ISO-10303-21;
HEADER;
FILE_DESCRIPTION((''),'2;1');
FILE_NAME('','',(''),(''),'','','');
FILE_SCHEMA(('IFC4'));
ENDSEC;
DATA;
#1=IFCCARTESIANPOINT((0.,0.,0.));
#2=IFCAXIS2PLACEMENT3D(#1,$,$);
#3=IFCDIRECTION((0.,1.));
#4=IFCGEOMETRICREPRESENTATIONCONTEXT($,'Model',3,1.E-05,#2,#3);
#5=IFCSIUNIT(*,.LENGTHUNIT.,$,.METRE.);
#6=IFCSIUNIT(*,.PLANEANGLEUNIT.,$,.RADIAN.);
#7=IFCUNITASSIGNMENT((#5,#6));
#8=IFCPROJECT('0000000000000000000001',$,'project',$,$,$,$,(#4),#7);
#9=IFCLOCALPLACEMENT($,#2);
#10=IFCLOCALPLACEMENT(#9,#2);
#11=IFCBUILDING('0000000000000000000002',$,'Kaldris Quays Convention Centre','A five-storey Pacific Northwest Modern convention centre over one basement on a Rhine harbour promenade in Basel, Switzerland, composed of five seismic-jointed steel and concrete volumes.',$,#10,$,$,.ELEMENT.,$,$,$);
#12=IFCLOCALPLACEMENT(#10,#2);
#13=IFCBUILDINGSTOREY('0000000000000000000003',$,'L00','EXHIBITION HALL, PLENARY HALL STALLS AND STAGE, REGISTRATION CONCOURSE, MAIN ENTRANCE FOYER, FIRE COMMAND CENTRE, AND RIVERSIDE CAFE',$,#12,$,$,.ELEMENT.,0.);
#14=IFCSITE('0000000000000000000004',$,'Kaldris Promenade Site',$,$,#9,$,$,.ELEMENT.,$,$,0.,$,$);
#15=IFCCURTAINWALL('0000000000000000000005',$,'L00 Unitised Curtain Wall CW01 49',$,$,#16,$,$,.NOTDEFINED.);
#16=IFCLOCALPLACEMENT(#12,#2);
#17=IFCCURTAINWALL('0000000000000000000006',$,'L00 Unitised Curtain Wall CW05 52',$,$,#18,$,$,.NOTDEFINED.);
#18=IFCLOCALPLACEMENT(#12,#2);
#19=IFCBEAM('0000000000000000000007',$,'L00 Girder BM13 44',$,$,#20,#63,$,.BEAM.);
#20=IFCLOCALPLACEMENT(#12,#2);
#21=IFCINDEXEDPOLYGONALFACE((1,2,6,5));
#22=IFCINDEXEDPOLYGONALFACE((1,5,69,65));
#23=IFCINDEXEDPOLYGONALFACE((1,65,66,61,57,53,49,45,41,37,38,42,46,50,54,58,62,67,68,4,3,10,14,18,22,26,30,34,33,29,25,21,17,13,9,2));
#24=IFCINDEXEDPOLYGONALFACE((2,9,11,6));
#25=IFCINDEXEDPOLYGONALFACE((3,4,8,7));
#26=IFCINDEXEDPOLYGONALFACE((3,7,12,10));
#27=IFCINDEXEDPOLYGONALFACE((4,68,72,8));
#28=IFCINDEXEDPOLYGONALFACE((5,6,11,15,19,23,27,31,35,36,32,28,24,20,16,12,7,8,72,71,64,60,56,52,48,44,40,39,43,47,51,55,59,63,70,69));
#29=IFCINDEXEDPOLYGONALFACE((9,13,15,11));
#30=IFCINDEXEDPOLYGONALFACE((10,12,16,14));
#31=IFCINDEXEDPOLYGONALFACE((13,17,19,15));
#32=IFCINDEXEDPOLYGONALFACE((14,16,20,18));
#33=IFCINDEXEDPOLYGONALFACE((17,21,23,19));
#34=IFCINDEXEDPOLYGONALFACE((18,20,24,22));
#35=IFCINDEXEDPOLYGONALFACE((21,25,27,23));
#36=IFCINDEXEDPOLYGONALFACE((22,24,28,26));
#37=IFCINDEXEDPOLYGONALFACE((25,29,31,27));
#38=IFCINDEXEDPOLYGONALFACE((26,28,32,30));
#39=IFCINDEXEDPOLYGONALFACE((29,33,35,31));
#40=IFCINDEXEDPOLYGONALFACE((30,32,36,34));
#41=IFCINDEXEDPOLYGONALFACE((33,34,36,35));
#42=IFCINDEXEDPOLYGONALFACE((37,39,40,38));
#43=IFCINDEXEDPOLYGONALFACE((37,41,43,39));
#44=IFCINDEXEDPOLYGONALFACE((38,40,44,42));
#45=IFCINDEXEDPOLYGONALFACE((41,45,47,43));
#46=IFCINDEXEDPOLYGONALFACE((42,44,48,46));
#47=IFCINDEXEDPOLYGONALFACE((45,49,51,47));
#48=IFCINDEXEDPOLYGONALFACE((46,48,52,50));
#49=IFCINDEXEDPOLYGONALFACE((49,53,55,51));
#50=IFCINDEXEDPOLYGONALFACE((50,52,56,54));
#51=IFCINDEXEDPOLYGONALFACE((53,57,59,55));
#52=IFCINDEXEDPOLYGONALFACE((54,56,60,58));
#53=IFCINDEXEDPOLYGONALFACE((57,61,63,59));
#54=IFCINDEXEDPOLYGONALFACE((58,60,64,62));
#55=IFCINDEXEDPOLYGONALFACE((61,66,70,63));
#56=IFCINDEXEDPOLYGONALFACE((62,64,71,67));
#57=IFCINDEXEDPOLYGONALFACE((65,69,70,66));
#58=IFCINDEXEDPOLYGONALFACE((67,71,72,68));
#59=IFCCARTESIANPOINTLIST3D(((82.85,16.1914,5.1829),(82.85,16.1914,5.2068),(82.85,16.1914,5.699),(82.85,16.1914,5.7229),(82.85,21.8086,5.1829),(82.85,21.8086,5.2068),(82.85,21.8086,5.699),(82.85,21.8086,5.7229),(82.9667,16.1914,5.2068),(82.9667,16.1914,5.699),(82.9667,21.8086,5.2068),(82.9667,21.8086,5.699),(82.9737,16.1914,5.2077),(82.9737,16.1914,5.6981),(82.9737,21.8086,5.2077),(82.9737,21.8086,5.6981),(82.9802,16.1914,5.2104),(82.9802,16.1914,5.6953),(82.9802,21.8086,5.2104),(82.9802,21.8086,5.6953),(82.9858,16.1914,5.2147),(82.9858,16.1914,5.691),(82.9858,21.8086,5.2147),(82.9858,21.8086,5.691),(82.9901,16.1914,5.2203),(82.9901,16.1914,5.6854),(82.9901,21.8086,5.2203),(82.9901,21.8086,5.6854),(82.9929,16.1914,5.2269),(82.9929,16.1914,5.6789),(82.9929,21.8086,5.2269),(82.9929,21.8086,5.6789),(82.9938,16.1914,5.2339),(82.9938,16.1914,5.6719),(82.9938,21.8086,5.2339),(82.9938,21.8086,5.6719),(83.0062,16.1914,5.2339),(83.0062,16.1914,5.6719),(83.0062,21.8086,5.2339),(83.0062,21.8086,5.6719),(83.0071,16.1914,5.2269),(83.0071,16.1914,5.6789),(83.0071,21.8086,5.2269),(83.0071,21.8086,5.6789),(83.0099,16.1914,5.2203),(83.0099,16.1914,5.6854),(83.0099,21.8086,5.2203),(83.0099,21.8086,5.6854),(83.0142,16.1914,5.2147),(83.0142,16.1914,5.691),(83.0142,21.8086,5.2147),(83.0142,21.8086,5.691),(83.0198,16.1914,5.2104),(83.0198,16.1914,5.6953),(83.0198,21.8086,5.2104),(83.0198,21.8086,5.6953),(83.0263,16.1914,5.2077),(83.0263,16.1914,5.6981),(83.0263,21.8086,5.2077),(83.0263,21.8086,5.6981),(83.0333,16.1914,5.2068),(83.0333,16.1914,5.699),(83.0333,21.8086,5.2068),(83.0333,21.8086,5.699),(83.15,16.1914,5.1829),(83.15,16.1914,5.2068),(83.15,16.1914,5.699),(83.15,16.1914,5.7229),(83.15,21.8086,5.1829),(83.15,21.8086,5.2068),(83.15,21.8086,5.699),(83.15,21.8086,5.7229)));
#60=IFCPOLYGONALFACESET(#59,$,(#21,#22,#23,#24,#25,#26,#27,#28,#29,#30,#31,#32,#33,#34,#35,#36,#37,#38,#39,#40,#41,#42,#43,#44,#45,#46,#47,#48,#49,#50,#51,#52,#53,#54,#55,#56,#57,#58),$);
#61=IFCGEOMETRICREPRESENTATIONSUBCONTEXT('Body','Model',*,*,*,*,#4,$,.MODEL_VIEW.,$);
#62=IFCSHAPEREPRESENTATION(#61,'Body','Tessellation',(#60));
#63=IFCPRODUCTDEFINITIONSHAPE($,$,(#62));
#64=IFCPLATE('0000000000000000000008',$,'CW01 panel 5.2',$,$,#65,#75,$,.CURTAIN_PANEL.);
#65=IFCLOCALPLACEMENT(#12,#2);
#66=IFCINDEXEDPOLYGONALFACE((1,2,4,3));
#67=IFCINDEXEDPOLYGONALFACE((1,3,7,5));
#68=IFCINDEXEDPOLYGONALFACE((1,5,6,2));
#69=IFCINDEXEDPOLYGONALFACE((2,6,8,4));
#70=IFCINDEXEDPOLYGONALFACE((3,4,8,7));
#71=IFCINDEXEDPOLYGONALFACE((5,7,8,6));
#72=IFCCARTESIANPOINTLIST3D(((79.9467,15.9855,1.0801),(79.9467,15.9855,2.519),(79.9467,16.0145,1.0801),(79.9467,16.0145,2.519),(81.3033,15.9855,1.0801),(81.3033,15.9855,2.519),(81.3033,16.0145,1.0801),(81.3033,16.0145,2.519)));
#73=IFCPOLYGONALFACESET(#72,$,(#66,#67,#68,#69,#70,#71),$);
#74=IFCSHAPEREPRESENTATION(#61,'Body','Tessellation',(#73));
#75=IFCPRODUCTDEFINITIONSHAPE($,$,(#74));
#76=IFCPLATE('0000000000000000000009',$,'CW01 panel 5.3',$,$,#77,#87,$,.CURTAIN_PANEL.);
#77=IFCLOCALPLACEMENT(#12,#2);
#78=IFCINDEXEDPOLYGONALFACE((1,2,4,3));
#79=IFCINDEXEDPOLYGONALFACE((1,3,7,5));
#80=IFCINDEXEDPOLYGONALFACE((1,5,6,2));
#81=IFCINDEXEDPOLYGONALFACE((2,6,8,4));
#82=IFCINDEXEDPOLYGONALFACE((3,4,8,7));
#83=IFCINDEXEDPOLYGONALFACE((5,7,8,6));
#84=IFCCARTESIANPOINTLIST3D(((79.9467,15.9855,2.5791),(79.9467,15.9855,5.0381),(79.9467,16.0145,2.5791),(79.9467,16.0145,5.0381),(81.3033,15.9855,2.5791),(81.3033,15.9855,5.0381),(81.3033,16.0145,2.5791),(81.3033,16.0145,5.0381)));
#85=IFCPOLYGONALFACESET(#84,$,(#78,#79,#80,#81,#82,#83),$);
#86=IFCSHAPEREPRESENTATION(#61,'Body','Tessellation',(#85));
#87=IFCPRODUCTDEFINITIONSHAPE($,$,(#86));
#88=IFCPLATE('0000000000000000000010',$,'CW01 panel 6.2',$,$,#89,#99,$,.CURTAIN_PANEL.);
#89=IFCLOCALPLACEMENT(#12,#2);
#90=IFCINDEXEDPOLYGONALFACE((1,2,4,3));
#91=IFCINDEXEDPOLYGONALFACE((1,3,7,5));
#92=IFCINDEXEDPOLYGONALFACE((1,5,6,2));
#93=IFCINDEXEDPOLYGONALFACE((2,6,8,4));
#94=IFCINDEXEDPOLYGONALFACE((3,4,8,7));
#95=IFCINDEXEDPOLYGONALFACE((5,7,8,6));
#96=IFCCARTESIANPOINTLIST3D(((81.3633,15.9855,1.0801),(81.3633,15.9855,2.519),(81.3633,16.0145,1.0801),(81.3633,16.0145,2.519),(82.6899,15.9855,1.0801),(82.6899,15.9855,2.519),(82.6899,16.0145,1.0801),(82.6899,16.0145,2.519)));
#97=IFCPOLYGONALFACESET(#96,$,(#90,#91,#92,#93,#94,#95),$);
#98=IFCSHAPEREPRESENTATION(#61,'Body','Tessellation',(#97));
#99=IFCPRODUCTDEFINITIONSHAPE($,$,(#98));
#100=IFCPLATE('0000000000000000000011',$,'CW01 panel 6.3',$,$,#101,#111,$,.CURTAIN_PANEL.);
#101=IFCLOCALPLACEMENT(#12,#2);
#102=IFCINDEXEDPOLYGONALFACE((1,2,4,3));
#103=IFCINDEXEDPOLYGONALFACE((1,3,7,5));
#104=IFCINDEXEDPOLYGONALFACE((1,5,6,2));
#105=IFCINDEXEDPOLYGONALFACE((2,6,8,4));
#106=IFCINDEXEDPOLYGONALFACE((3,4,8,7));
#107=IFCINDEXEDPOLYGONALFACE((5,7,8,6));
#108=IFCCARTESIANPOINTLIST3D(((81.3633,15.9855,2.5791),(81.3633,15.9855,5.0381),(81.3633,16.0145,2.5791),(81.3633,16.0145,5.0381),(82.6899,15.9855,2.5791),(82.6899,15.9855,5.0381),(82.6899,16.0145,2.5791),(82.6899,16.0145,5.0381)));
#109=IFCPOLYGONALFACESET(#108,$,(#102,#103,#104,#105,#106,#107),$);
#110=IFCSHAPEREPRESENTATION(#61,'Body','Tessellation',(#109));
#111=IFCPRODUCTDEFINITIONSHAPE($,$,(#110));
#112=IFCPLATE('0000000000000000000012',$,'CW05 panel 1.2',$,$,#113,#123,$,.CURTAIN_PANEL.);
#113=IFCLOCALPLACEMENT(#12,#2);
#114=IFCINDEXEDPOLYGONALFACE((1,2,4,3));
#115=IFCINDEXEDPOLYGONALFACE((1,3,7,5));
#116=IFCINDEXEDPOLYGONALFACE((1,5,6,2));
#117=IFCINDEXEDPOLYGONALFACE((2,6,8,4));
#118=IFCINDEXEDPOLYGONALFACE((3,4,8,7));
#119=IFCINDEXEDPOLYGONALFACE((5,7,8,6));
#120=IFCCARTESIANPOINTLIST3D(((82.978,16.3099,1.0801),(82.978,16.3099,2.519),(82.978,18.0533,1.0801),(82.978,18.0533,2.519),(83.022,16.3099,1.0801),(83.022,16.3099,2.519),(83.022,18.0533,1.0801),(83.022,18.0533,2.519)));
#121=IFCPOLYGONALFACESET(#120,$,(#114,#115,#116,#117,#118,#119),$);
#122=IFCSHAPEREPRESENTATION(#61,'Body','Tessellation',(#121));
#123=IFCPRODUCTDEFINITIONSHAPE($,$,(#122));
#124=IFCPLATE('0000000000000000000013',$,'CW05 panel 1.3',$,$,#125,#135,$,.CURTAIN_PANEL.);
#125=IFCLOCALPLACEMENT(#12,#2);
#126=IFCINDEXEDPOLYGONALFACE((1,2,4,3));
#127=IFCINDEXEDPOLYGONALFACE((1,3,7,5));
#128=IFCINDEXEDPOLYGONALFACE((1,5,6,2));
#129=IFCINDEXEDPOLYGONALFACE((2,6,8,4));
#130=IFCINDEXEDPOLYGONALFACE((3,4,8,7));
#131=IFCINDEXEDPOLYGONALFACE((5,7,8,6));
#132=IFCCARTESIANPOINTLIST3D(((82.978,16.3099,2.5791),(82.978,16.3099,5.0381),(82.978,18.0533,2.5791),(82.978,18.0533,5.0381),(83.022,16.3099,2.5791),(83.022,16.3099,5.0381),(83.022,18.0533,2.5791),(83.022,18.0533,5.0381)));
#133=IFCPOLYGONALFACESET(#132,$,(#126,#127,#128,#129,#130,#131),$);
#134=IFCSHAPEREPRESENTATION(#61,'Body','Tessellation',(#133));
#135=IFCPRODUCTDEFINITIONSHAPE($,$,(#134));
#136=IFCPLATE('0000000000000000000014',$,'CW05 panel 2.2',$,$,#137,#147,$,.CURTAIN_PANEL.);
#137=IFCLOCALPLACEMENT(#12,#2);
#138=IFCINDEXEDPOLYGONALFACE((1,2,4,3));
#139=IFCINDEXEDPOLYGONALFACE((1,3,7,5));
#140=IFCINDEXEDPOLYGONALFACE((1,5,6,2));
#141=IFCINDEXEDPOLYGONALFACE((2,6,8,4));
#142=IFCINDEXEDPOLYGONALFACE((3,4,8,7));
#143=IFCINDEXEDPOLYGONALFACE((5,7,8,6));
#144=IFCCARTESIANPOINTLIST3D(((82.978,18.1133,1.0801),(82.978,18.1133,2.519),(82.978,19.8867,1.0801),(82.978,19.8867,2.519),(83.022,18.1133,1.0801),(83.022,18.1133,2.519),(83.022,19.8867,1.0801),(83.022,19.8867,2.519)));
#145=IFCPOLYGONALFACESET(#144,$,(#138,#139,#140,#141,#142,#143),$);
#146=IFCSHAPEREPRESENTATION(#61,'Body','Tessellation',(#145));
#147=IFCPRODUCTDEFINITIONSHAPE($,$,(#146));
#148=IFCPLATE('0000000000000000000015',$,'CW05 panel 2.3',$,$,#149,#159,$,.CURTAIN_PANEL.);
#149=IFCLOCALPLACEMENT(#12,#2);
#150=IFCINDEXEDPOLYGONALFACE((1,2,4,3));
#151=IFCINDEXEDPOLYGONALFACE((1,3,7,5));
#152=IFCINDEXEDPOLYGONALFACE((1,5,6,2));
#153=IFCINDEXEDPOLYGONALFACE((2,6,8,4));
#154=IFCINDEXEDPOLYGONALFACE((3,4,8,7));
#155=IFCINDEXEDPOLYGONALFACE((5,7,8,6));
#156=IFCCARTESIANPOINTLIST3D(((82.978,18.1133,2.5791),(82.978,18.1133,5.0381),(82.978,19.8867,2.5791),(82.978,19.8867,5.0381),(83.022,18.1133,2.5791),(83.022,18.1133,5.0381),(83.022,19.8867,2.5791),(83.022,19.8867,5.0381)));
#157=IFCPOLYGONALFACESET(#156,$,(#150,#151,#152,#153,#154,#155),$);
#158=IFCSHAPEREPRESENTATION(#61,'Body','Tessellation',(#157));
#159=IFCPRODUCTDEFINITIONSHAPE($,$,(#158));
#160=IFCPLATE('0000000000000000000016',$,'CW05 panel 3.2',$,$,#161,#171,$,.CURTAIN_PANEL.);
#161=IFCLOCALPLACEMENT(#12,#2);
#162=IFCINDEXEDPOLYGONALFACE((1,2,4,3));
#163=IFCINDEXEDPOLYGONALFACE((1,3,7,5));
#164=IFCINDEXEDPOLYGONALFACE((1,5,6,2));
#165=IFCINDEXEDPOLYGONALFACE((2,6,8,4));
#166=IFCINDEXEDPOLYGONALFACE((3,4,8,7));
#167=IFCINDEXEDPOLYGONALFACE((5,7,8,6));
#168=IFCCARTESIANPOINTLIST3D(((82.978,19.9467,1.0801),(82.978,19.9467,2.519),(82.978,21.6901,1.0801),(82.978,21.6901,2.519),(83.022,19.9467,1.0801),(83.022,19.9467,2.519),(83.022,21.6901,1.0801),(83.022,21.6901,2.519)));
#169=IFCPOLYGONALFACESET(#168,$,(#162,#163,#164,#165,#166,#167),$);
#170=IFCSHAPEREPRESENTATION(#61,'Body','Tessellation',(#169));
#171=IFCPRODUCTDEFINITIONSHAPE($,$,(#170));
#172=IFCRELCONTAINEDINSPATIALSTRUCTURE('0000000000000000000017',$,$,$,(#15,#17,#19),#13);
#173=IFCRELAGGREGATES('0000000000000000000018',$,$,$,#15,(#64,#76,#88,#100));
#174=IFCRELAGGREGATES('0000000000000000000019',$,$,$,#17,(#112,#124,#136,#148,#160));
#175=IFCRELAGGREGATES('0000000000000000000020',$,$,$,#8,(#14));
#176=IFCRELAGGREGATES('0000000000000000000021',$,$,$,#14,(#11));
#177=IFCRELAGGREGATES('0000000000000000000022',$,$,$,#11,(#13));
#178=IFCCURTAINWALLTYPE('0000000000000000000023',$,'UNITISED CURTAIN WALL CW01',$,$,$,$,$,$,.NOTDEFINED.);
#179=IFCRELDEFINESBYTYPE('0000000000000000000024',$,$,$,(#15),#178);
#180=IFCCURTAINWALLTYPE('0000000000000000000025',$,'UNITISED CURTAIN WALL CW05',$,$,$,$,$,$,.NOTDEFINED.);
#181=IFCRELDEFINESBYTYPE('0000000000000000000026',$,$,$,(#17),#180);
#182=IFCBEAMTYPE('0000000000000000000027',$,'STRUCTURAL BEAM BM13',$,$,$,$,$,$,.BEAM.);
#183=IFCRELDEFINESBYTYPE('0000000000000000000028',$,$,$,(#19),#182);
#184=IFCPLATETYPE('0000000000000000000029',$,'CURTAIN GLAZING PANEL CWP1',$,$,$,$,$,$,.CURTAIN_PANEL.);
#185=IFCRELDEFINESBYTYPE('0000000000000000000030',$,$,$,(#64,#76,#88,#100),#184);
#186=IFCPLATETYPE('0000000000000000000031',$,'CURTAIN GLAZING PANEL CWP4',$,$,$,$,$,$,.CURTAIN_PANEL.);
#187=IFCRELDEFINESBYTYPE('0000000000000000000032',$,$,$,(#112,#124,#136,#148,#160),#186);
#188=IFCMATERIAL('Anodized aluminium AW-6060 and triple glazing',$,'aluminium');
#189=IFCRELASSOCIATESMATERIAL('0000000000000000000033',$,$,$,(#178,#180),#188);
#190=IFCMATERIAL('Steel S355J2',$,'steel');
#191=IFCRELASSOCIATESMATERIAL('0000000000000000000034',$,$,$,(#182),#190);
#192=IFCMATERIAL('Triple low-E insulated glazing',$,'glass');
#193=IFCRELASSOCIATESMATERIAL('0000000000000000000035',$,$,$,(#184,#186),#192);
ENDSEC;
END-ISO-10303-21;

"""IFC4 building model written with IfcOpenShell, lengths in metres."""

from ifc_helpers import new_model, si_unit, direction, frame, origin, origin_2d, place, context, subcontext, project, spatial, rectangle, i_section, extrude, material, material_profile, profile_set, type_object, element, aggregate, save


model = new_model("IFC4")

# Units and contexts
model_context = context("Model", 3, precision=1e-05, world=origin(), true_north=direction((0.0, 1.0)))
body_context = subcontext(model_context, "Body", "Model", "MODEL_VIEW")
ifc_project = project(units=[si_unit("LENGTHUNIT", "METRE"), si_unit("PLANEANGLEUNIT", "RADIAN")], contexts=[model_context])

# Site, building, storey
site_placement = place(None, origin())
site = spatial("IfcSite", under=ifc_project, at=site_placement, Name="Kaldris Promenade Site", CompositionType="ELEMENT", RefElevation=0.0)
building_placement = place(site_placement, origin())
building = spatial("IfcBuilding", under=site, at=building_placement, Name="Kaldris Quays Convention Centre", Description="A five-storey Pacific Northwest Modern convention centre over one basement on a Rhine harbour promenade in Basel, Switzerland, composed of five seismic-jointed steel and concrete volumes.", CompositionType="ELEMENT")
storey_placement = place(building_placement, origin())
storey = spatial("IfcBuildingStorey", under=building, at=storey_placement, Name="L00", Description="EXHIBITION HALL, PLENARY HALL STALLS AND STAGE, REGISTRATION CONCOURSE, MAIN ENTRANCE FOYER, FIRE COMMAND CENTRE, AND RIVERSIDE CAFE", CompositionType="ELEMENT", Elevation=0.0)

# Curtain walls
ifc_material_1 = material(Name="Anodized aluminium AW-6060 and triple glazing", Category="aluminium")
curtain_wall_type_1 = type_object("IfcCurtainWallType", Name="UNITISED CURTAIN WALL CW01", PredefinedType="NOTDEFINED", material=ifc_material_1)
curtain_wall_1_placement = place(storey_placement, origin())
curtain_wall_1 = element("IfcCurtainWall", 1, at=curtain_wall_1_placement, inside=storey, type_object=curtain_wall_type_1, Name="L00 Unitised Curtain Wall CW01 49", PredefinedType="NOTDEFINED")
curtain_wall_type_2 = type_object("IfcCurtainWallType", Name="UNITISED CURTAIN WALL CW05", PredefinedType="NOTDEFINED", material=ifc_material_1)
curtain_wall_2_placement = place(storey_placement, origin())
curtain_wall_2 = element("IfcCurtainWall", 2, at=curtain_wall_2_placement, inside=storey, type_object=curtain_wall_type_2, Name="L00 Unitised Curtain Wall CW05 52", PredefinedType="NOTDEFINED")

# Beam
ifc_material_2 = material(Name="Steel S355J2", Category="steel")
ifc_material_profile_1 = material_profile(ifc_material_2, i_section(OverallWidth=0.3, OverallDepth=0.54, WebThickness=0.0125, FlangeThickness=0.0239, FilletRadius=0.0271, at=origin_2d()), Name="HEA 550")
ifc_profile_set_1 = profile_set([ifc_material_profile_1], Name="Steel S355J2")
beam_type = type_object("IfcBeamType", Name="STRUCTURAL BEAM BM13", PredefinedType="BEAM", material=ifc_profile_set_1)
beam_placement = place(storey_placement, frame((83.0, 16.1914, 5.4529), z_axis=(0.0, 1.0, 0.0), x_axis=(-1.0, 0.0, 0.0)))
element("IfcBeam", 3, at=beam_placement, inside=storey, type_object=beam_type, Name="L00 Girder BM13 44", PredefinedType="BEAM", context=body_context, shape_type="SweptSolid", body=[
    extrude(i_section(OverallWidth=0.3, OverallDepth=0.54, WebThickness=0.0125, FlangeThickness=0.0239, FilletRadius=0.0271, at=origin_2d()), origin(), (0.0, 0.0, 1.0), 5.6172),
])

# Plates
ifc_material_3 = material(Name="Triple low-E insulated glazing", Category="glass")
plate_type_1 = type_object("IfcPlateType", Name="CURTAIN GLAZING PANEL CWP1", PredefinedType="CURTAIN_PANEL", material=ifc_material_3)
plate_1_placement = place(storey_placement, frame((80.625, 16.0, 1.0801), z_axis=(0.0, 0.0, 1.0), x_axis=(1.0, 0.0, 0.0)))
plate_1 = element("IfcPlate", 4, at=plate_1_placement, type_object=plate_type_1, Name="CW01 panel 5.2", PredefinedType="CURTAIN_PANEL", context=body_context, shape_type="SweptSolid", body=[
    extrude(rectangle(XDim=1.3567, YDim=0.0291, at=origin_2d()), origin(), (0.0, 0.0, 1.0), 1.439),
])
plate_2_placement = place(storey_placement, frame((80.625, 16.0, 2.5791), z_axis=(0.0, 0.0, 1.0), x_axis=(1.0, 0.0, 0.0)))
plate_2 = element("IfcPlate", 5, at=plate_2_placement, type_object=plate_type_1, Name="CW01 panel 5.3", PredefinedType="CURTAIN_PANEL", context=body_context, shape_type="SweptSolid", body=[
    extrude(rectangle(XDim=1.3567, YDim=0.0291, at=origin_2d()), origin(), (0.0, 0.0, 1.0), 2.459),
])
plate_3_placement = place(storey_placement, frame((82.0266, 16.0, 1.0801), z_axis=(0.0, 0.0, 1.0), x_axis=(1.0, 0.0, 0.0)))
plate_3 = element("IfcPlate", 6, at=plate_3_placement, type_object=plate_type_1, Name="CW01 panel 6.2", PredefinedType="CURTAIN_PANEL", context=body_context, shape_type="SweptSolid", body=[
    extrude(rectangle(XDim=1.3267, YDim=0.0291, at=origin_2d()), origin(), (0.0, 0.0, 1.0), 1.439),
])
plate_4_placement = place(storey_placement, frame((82.0266, 16.0, 2.5791), z_axis=(0.0, 0.0, 1.0), x_axis=(1.0, 0.0, 0.0)))
plate_4 = element("IfcPlate", 7, at=plate_4_placement, type_object=plate_type_1, Name="CW01 panel 6.3", PredefinedType="CURTAIN_PANEL", context=body_context, shape_type="SweptSolid", body=[
    extrude(rectangle(XDim=1.3267, YDim=0.0291, at=origin_2d()), origin(), (0.0, 0.0, 1.0), 2.459),
])
aggregate(curtain_wall_1, [plate_1, plate_2, plate_3, plate_4])
plate_type_2 = type_object("IfcPlateType", Name="CURTAIN GLAZING PANEL CWP4", PredefinedType="CURTAIN_PANEL", material=ifc_material_3)
plate_5_placement = place(storey_placement, frame((83.0, 17.1816, 1.0801), z_axis=(0.0, 0.0, 1.0), x_axis=(0.0, 1.0, 0.0)))
plate_5 = element("IfcPlate", 8, at=plate_5_placement, type_object=plate_type_2, Name="CW05 panel 1.2", PredefinedType="CURTAIN_PANEL", context=body_context, shape_type="SweptSolid", body=[
    extrude(rectangle(XDim=1.7434, YDim=0.0439, at=origin_2d()), origin(), (0.0, 0.0, 1.0), 1.439),
])
plate_6_placement = place(storey_placement, frame((83.0, 17.1816, 2.5791), z_axis=(0.0, 0.0, 1.0), x_axis=(0.0, 1.0, 0.0)))
plate_6 = element("IfcPlate", 9, at=plate_6_placement, type_object=plate_type_2, Name="CW05 panel 1.3", PredefinedType="CURTAIN_PANEL", context=body_context, shape_type="SweptSolid", body=[
    extrude(rectangle(XDim=1.7434, YDim=0.0439, at=origin_2d()), origin(), (0.0, 0.0, 1.0), 2.459),
])
plate_7_placement = place(storey_placement, frame((83.0, 19.0, 1.0801), z_axis=(0.0, 0.0, 1.0), x_axis=(0.0, 1.0, 0.0)))
plate_7 = element("IfcPlate", 10, at=plate_7_placement, type_object=plate_type_2, Name="CW05 panel 2.2", PredefinedType="CURTAIN_PANEL", context=body_context, shape_type="SweptSolid", body=[
    extrude(rectangle(XDim=1.7734, YDim=0.0439, at=origin_2d()), origin(), (0.0, 0.0, 1.0), 1.439),
])
plate_8_placement = place(storey_placement, frame((83.0, 19.0, 2.5791), z_axis=(0.0, 0.0, 1.0), x_axis=(0.0, 1.0, 0.0)))
plate_8 = element("IfcPlate", 11, at=plate_8_placement, type_object=plate_type_2, Name="CW05 panel 2.3", PredefinedType="CURTAIN_PANEL", context=body_context, shape_type="SweptSolid", body=[
    extrude(rectangle(XDim=1.7734, YDim=0.0439, at=origin_2d()), origin(), (0.0, 0.0, 1.0), 2.459),
])
plate_9_placement = place(storey_placement, frame((83.0, 20.8184, 1.0801), z_axis=(0.0, 0.0, 1.0), x_axis=(0.0, 1.0, 0.0)))
plate_9 = element("IfcPlate", 12, at=plate_9_placement, type_object=plate_type_2, Name="CW05 panel 3.2", PredefinedType="CURTAIN_PANEL", context=body_context, shape_type="SweptSolid", body=[
    extrude(rectangle(XDim=1.7434, YDim=0.0439, at=origin_2d()), origin(), (0.0, 0.0, 1.0), 1.439),
])
aggregate(curtain_wall_2, [plate_5, plate_6, plate_7, plate_8, plate_9])

save(model, "model.ifc")
